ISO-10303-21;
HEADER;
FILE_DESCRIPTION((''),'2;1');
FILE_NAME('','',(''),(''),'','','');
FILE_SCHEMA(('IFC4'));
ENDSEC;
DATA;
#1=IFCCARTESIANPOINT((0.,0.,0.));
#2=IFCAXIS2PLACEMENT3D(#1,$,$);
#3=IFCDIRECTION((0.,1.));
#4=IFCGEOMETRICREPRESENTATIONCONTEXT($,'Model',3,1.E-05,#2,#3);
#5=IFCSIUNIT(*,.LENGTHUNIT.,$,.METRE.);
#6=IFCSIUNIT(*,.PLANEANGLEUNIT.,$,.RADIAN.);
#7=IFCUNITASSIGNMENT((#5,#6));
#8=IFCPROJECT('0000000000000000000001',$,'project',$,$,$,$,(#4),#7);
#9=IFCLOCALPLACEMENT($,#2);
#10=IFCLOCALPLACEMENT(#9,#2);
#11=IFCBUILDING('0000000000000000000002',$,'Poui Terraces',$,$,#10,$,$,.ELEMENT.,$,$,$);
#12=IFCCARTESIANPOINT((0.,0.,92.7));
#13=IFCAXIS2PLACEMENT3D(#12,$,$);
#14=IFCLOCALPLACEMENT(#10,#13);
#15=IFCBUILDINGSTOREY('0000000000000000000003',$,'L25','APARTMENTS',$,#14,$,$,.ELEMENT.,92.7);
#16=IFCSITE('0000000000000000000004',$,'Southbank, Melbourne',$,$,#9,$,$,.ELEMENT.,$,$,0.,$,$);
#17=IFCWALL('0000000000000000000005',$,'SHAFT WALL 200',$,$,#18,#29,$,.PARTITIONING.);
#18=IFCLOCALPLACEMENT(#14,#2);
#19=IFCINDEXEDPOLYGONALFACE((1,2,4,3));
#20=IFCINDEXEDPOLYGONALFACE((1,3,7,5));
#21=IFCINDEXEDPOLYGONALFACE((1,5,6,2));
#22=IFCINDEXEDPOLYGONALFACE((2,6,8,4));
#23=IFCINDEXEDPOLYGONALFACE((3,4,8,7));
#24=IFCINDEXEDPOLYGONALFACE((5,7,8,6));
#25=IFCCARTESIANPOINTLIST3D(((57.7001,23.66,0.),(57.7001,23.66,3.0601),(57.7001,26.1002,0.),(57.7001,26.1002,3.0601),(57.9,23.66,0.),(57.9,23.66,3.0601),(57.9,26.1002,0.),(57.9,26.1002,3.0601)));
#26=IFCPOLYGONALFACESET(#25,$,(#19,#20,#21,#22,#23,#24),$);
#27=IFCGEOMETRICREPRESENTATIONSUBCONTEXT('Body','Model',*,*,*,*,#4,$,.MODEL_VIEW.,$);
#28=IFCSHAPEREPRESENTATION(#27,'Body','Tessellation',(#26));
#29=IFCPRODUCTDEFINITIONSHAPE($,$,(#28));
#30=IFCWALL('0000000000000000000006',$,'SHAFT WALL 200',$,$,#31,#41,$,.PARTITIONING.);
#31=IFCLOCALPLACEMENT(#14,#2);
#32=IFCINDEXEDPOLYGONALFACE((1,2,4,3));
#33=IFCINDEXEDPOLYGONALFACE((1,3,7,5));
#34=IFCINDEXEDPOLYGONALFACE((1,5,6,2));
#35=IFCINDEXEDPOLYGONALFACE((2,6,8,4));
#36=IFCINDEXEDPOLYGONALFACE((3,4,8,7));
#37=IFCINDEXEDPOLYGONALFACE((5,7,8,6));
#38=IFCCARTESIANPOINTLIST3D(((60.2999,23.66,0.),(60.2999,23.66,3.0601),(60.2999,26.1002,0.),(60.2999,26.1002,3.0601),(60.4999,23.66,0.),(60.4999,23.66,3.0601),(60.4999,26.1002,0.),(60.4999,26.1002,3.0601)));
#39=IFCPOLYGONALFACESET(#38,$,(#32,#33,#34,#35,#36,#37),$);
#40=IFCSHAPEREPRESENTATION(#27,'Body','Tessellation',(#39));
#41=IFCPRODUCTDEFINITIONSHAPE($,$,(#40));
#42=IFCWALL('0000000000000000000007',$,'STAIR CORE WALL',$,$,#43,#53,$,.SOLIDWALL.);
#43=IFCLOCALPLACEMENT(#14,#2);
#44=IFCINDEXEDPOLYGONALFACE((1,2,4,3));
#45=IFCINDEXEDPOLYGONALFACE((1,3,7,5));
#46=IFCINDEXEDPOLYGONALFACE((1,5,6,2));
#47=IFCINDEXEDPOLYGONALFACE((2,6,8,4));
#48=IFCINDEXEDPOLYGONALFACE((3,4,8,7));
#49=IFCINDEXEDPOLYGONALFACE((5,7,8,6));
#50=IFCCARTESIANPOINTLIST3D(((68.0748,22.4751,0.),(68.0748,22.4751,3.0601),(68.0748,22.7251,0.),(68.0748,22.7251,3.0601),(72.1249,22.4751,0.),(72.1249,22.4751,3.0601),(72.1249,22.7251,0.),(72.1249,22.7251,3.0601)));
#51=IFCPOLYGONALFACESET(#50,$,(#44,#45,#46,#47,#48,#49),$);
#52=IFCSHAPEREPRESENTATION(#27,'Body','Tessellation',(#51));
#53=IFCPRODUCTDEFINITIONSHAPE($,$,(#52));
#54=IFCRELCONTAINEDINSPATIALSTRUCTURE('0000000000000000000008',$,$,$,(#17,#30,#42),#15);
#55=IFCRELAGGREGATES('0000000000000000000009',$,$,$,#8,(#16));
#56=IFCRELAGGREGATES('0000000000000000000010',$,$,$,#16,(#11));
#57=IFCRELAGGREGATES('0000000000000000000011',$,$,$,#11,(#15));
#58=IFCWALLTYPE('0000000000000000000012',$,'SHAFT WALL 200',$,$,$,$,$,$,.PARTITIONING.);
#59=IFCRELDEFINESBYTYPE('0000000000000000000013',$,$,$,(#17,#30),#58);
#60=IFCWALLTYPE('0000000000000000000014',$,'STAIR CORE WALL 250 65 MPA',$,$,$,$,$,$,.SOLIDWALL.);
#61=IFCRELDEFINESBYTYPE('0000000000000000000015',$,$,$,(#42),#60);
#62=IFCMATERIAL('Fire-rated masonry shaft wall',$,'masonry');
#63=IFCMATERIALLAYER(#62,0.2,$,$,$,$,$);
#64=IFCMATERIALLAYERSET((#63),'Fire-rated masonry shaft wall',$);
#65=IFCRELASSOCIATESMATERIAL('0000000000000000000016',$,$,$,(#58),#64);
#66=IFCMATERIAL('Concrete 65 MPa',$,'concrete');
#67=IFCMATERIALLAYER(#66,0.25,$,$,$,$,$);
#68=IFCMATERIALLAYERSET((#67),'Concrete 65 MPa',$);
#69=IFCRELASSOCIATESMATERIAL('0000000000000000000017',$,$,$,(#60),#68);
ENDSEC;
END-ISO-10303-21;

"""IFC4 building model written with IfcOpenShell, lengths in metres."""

from ifc_helpers import new_model, si_unit, direction, frame, frame_2d, origin, place, context, subcontext, project, spatial, rectangle, extrude, material, layer, layer_set, type_object, element, save


model = new_model("IFC4")

# Units and contexts
model_context = context("Model", 3, precision=1e-05, world=origin(), true_north=direction((0.0, 1.0)))
body_context = subcontext(model_context, "Body", "Model", "MODEL_VIEW")
ifc_project = project(units=[si_unit("LENGTHUNIT", "METRE"), si_unit("PLANEANGLEUNIT", "RADIAN")], contexts=[model_context])

# Site, building, storey
site_placement = place(None, origin())
site = spatial("IfcSite", under=ifc_project, at=site_placement, Name="Southbank, Melbourne", CompositionType="ELEMENT", RefElevation=0.0)
building_placement = place(site_placement, origin())
building = spatial("IfcBuilding", under=site, at=building_placement, Name="Poui Terraces", CompositionType="ELEMENT")
storey_placement = place(building_placement, frame((0.0, 0.0, 92.7)))
storey = spatial("IfcBuildingStorey", under=building, at=storey_placement, Name="L25", Description="APARTMENTS", CompositionType="ELEMENT", Elevation=92.7)

# Shared definitions
ifc_material_1 = material(Name="Concrete 65 MPa", Category="concrete")

# Walls
ifc_material_2 = material(Name="Fire-rated masonry shaft wall", Category="masonry")
ifc_layer_1 = layer(ifc_material_2, 0.2)
ifc_layer_set_1 = layer_set([ifc_layer_1], Name="Fire-rated masonry shaft wall")
wall_type_1 = type_object("IfcWallType", Name="SHAFT WALL 200", PredefinedType="PARTITIONING", material=ifc_layer_set_1)
for number, where, z_axis, x_axis, name in (
    (1, (57.8, 23.6599, 0.0), (0.0, 0.0, 1.0), (0.0, 1.0, 0.0), "SHAFT WALL 200"),
    (2, (60.3999, 23.6599, 0.0), (0.0, 0.0, 1.0), (0.0, 1.0, 0.0), "SHAFT WALL 200"),
):
    element("IfcWall", number, at=place(storey_placement, frame(where, z_axis=z_axis, x_axis=x_axis)), inside=storey, type_object=wall_type_1, Name=name, PredefinedType="PARTITIONING", context=body_context, shape_type="SweptSolid", body=[
        extrude(rectangle(XDim=2.4402, YDim=0.2, at=frame_2d((1.2202, 0.0))), origin(), (0.0, 0.0, 1.0), 3.0601),
    ])
ifc_layer_2 = layer(ifc_material_1, 0.25)
ifc_layer_set_2 = layer_set([ifc_layer_2], Name="Concrete 65 MPa")
wall_type_2 = type_object("IfcWallType", Name="STAIR CORE WALL 250 65 MPA", PredefinedType="SOLIDWALL", material=ifc_layer_set_2)
wall_1_placement = place(storey_placement, frame((68.075, 22.6001, 0.0), z_axis=(0.0, 0.0, 1.0), x_axis=(1.0, 0.0, 0.0)))
element("IfcWall", 3, at=wall_1_placement, inside=storey, type_object=wall_type_2, Name="STAIR CORE WALL", PredefinedType="SOLIDWALL", context=body_context, shape_type="SweptSolid", body=[
    extrude(rectangle(XDim=4.05, YDim=0.25, at=frame_2d((2.0249, 0.0))), origin(), (0.0, 0.0, 1.0), 3.0601),
])

save(model, "model.ifc")
